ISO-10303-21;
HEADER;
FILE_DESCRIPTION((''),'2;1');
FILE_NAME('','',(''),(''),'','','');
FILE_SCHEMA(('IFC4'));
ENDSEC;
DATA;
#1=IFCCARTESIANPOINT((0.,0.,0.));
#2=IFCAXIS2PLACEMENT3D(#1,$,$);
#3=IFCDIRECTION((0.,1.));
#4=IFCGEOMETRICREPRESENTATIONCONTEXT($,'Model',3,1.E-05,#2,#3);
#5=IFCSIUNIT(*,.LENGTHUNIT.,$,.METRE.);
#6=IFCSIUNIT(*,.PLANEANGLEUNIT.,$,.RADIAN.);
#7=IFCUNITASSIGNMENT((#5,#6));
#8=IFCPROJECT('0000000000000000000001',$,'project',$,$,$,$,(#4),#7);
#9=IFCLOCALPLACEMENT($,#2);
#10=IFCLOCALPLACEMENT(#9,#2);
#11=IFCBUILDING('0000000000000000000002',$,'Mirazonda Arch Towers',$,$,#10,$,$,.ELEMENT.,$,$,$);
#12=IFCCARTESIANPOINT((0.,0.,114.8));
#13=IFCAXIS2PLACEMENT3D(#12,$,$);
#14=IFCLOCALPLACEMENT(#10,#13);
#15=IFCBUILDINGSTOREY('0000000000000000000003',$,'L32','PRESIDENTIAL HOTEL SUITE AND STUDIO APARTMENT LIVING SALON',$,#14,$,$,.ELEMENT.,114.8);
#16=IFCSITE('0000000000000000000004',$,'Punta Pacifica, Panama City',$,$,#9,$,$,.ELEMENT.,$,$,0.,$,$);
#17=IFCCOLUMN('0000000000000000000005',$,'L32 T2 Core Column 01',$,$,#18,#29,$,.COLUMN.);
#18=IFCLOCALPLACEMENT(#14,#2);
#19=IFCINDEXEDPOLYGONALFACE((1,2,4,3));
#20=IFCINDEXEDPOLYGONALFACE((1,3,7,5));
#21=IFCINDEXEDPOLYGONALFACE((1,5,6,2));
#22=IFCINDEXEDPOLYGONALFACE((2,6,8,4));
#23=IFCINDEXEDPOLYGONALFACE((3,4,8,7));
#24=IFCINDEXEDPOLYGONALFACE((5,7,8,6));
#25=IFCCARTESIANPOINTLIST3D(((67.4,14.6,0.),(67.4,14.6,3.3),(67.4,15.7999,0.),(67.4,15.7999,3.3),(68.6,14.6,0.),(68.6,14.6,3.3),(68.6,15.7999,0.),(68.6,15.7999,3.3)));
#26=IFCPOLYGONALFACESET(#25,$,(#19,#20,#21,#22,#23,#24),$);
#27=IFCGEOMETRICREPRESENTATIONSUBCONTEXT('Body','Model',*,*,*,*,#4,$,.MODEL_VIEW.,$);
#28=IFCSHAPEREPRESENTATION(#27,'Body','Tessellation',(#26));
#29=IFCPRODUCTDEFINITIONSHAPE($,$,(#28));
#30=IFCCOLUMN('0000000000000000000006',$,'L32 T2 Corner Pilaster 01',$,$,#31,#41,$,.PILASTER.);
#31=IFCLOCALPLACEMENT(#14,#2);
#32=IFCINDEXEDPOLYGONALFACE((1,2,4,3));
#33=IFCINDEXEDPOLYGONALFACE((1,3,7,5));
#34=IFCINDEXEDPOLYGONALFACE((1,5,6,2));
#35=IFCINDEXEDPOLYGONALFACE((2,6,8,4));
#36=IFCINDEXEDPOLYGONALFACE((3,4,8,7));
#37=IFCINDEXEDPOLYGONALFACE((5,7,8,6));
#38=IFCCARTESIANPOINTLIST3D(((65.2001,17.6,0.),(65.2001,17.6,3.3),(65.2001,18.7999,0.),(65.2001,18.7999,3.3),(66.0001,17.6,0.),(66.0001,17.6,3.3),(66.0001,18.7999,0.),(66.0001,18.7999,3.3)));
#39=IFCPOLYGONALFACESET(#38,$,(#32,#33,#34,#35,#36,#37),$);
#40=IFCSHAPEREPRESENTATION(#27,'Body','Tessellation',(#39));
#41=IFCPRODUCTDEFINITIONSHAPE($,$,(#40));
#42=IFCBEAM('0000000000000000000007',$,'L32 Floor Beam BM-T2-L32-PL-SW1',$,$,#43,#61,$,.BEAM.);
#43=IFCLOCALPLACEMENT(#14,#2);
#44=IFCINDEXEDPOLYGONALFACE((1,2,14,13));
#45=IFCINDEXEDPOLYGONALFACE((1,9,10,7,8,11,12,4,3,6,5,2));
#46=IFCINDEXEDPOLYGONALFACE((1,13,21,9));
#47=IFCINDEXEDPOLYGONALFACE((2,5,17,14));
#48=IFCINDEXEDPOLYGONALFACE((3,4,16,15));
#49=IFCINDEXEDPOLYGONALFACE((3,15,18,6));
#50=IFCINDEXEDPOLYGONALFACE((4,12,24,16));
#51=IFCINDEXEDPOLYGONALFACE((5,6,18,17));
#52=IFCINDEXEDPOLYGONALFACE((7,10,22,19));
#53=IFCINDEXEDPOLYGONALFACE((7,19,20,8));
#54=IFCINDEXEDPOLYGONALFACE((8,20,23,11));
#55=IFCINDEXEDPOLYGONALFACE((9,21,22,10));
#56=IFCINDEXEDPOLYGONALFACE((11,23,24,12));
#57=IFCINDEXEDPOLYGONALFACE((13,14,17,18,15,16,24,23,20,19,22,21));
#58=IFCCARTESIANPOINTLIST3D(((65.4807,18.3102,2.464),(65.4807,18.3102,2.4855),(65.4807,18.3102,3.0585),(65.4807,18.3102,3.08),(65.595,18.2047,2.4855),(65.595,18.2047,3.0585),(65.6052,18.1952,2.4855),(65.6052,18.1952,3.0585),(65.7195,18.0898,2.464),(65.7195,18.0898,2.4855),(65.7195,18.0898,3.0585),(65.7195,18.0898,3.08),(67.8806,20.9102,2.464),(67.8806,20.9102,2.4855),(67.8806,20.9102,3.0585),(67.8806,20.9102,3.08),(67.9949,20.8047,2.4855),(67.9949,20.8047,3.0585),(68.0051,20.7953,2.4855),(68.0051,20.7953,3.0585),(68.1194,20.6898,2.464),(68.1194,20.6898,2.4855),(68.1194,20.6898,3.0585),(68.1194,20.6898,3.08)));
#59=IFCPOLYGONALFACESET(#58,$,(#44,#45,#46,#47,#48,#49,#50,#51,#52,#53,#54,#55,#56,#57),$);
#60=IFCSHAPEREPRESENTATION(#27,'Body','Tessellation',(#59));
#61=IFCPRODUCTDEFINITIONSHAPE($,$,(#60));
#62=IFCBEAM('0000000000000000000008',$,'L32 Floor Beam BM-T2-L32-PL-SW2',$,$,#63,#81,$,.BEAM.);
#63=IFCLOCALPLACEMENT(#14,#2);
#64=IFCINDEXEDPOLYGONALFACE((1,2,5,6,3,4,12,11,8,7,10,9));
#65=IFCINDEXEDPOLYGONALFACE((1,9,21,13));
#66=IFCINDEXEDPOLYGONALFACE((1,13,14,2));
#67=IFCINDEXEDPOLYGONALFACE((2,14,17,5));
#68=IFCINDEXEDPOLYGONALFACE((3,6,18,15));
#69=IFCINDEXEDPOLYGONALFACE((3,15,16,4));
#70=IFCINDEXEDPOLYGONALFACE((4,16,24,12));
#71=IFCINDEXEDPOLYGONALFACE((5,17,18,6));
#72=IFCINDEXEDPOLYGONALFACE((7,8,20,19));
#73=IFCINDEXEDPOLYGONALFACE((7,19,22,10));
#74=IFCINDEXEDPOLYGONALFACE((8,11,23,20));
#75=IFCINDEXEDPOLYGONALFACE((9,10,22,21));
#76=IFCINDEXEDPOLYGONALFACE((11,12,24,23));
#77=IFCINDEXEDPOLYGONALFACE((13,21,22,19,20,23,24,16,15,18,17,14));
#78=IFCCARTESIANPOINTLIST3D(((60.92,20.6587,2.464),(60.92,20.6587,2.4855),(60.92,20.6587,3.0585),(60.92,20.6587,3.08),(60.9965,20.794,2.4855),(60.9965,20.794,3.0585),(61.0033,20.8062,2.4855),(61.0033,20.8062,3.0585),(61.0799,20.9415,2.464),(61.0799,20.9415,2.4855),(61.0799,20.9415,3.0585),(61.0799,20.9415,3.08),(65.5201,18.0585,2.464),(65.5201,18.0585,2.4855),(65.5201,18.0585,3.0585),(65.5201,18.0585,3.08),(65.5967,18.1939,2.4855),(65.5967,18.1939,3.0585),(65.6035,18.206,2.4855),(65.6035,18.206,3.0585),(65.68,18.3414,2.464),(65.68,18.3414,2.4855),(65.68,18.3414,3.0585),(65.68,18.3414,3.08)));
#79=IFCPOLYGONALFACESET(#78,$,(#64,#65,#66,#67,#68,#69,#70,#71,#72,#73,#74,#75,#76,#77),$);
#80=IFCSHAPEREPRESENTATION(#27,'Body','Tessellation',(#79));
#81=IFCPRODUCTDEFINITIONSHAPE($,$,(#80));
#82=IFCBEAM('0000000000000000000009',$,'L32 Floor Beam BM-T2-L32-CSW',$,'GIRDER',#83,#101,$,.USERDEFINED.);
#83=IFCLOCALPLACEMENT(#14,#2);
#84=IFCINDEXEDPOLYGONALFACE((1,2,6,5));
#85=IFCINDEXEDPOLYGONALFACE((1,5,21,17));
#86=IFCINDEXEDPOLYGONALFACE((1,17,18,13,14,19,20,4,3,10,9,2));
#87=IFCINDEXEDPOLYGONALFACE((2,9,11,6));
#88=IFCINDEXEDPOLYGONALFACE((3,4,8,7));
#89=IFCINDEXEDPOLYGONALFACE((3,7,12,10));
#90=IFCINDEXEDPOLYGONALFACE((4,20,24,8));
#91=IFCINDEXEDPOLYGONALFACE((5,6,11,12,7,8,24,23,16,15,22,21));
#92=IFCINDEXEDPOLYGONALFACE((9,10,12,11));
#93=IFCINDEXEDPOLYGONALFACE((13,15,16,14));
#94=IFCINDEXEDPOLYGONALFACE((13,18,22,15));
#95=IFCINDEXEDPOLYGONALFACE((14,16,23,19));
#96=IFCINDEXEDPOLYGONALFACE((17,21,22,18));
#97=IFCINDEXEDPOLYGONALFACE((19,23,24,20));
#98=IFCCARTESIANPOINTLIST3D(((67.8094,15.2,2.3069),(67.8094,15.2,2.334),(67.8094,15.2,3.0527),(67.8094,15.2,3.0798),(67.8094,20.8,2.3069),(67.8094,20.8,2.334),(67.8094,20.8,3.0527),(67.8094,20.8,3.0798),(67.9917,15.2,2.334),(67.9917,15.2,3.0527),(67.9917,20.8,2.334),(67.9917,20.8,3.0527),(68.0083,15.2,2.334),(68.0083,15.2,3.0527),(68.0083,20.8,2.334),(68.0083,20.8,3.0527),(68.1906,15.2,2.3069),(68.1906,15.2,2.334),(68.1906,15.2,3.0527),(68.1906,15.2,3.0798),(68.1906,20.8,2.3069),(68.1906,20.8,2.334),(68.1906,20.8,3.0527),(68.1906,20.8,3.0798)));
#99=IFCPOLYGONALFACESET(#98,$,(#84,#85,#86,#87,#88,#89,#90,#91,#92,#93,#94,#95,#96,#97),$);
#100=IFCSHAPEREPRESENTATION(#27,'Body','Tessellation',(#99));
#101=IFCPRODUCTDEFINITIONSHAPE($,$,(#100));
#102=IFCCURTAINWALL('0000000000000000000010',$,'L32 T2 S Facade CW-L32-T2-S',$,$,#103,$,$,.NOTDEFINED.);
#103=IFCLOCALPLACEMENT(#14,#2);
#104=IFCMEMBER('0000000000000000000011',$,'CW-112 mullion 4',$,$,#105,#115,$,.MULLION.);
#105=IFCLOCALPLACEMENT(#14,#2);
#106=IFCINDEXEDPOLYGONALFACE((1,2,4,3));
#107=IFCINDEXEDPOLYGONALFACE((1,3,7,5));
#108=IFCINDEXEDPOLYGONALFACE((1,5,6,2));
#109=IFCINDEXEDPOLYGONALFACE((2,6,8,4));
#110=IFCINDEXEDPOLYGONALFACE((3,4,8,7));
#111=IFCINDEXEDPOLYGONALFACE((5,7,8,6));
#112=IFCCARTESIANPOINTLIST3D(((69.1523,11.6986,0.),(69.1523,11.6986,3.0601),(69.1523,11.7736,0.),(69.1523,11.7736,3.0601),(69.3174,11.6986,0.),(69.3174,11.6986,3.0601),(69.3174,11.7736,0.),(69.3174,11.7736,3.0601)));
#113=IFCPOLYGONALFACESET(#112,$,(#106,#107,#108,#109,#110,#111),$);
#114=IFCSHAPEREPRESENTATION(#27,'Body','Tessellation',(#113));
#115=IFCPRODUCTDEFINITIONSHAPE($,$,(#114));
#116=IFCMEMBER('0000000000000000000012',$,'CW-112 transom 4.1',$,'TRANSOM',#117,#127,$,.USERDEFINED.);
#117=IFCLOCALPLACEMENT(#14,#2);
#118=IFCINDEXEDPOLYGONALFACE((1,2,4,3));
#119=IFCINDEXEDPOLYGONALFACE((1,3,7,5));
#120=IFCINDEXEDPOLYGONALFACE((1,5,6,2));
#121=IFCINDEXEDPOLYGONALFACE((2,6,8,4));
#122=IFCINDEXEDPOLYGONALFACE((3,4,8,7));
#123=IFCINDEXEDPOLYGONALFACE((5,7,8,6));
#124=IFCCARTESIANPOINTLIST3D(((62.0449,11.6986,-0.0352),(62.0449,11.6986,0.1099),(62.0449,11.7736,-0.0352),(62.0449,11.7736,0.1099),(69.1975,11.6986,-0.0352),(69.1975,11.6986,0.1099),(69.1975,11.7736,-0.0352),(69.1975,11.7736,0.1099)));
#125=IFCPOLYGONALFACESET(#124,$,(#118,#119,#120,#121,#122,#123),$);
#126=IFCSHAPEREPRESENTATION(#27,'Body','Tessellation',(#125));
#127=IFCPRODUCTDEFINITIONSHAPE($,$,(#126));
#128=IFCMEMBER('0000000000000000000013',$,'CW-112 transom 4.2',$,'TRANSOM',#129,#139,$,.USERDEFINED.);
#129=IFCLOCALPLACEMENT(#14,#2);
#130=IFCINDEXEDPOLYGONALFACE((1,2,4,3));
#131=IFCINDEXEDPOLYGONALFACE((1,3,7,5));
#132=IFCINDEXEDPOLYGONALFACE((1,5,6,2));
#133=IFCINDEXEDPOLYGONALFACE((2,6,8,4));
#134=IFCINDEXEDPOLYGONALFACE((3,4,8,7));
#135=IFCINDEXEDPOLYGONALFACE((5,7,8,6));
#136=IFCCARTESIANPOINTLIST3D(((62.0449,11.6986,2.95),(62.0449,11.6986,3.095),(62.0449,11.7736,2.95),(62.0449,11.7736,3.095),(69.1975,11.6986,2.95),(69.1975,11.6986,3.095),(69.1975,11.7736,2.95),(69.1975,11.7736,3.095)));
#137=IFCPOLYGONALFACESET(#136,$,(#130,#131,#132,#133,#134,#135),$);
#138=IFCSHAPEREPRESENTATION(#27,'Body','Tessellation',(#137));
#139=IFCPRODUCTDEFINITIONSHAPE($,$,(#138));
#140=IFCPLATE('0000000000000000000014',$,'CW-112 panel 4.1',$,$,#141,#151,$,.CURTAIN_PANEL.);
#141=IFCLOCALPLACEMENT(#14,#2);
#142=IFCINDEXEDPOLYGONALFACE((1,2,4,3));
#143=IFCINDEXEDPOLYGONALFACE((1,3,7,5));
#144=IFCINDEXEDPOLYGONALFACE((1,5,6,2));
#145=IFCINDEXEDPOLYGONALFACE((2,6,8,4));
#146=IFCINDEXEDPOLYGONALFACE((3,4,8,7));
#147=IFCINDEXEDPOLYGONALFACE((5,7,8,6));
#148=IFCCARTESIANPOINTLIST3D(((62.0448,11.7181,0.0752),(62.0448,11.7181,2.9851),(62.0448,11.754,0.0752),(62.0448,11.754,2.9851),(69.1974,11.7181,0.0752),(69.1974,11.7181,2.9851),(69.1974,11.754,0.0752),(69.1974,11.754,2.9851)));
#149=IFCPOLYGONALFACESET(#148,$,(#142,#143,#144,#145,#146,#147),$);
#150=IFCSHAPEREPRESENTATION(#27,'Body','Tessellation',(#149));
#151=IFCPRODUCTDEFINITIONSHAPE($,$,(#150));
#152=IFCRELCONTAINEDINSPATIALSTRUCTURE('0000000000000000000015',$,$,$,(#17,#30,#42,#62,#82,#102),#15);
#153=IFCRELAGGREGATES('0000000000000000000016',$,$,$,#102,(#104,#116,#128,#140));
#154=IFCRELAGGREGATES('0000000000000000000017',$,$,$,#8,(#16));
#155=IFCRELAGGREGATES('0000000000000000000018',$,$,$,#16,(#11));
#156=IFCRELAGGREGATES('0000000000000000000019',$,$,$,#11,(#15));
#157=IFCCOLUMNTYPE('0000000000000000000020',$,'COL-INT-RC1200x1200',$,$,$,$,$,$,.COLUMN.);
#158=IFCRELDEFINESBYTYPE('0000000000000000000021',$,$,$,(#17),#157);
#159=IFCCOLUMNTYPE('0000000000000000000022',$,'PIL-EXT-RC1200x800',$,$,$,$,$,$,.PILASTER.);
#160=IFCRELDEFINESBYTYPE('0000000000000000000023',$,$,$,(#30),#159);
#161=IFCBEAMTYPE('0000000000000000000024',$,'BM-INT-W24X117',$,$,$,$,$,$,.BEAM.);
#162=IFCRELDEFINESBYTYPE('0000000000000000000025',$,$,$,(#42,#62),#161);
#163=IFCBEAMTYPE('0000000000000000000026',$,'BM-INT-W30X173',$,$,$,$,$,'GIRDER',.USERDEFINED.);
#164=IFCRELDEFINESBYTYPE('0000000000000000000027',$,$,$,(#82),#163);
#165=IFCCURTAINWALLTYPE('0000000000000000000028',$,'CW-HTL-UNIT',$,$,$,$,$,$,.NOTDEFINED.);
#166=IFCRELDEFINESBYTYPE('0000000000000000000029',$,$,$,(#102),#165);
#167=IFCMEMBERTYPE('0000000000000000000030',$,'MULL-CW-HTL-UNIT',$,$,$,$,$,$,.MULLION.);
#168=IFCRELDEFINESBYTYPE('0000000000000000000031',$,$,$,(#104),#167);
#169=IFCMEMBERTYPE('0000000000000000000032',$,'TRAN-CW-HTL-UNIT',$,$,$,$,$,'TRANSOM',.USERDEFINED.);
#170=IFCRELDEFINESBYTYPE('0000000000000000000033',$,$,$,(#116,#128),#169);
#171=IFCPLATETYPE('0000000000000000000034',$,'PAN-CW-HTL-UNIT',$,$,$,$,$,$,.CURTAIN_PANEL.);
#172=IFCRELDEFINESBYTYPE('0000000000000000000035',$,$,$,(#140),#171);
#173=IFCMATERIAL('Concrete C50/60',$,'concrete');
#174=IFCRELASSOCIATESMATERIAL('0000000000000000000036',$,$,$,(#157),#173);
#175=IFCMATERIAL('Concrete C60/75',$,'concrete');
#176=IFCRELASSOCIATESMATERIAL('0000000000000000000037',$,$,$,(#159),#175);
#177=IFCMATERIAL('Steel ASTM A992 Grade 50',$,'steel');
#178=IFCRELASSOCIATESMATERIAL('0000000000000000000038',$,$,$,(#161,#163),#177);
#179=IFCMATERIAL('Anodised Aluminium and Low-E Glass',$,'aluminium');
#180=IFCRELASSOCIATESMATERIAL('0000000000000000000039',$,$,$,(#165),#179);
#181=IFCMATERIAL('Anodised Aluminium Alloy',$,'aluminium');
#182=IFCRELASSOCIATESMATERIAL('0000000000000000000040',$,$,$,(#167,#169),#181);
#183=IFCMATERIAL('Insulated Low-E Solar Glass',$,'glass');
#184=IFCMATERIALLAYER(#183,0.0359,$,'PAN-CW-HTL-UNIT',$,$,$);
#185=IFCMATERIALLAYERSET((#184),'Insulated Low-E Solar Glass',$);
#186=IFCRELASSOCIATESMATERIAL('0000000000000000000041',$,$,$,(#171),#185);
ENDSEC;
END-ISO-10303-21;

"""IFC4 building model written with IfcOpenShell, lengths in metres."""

from ifc_helpers import new_model, si_unit, direction, frame, origin, origin_2d, place, context, subcontext, project, spatial, rectangle, i_section, extrude, material, layer, layer_set, material_profile, profile_set, type_object, element, aggregate, save


model = new_model("IFC4")

# Units and contexts
model_context = context("Model", 3, precision=1e-05, world=origin(), true_north=direction((0.0, 1.0)))
body_context = subcontext(model_context, "Body", "Model", "MODEL_VIEW")
ifc_project = project(units=[si_unit("LENGTHUNIT", "METRE"), si_unit("PLANEANGLEUNIT", "RADIAN")], contexts=[model_context])

# Site, building, storey
site_placement = place(None, origin())
site = spatial("IfcSite", under=ifc_project, at=site_placement, Name="Punta Pacifica, Panama City", CompositionType="ELEMENT", RefElevation=0.0)
building_placement = place(site_placement, origin())
building = spatial("IfcBuilding", under=site, at=building_placement, Name="Mirazonda Arch Towers", CompositionType="ELEMENT")
storey_placement = place(building_placement, frame((0.0, 0.0, 114.8)))
storey = spatial("IfcBuildingStorey", under=building, at=storey_placement, Name="L32", Description="PRESIDENTIAL HOTEL SUITE AND STUDIO APARTMENT LIVING SALON", CompositionType="ELEMENT", Elevation=114.8)

# Columns
ifc_material_1 = material(Name="Concrete C50/60", Category="concrete")
ifc_material_profile_1 = material_profile(ifc_material_1, rectangle(XDim=1.2, YDim=1.2, at=origin_2d()), Name="RC1200x1200")
ifc_profile_set_1 = profile_set([ifc_material_profile_1], Name="Concrete C50/60")
column_type_1 = type_object("IfcColumnType", Name="COL-INT-RC1200x1200", PredefinedType="COLUMN", material=ifc_profile_set_1)
column_1_placement = place(storey_placement, frame((68.0, 15.2, 0.0), z_axis=(0.0, 0.0, 1.0), x_axis=(1.0, 0.0, 0.0)))
element("IfcColumn", 1, at=column_1_placement, inside=storey, type_object=column_type_1, Name="L32 T2 Core Column 01", PredefinedType="COLUMN", context=body_context, shape_type="SweptSolid", body=[
    extrude(rectangle(XDim=1.2, YDim=1.2, at=origin_2d()), origin(), (0.0, 0.0, 1.0), 3.3),
])
ifc_material_2 = material(Name="Concrete C60/75", Category="concrete")
ifc_material_profile_2 = material_profile(ifc_material_2, rectangle(XDim=0.8, YDim=1.2, at=origin_2d()), Name="RC1200x800")
ifc_profile_set_2 = profile_set([ifc_material_profile_2], Name="Concrete C60/75")
column_type_2 = type_object("IfcColumnType", Name="PIL-EXT-RC1200x800", PredefinedType="PILASTER", material=ifc_profile_set_2)
column_2_placement = place(storey_placement, frame((65.6001, 18.2, 0.0), z_axis=(0.0, 0.0, 1.0), x_axis=(1.0, 0.0, 0.0)))
element("IfcColumn", 2, at=column_2_placement, inside=storey, type_object=column_type_2, Name="L32 T2 Corner Pilaster 01", PredefinedType="PILASTER", context=body_context, shape_type="SweptSolid", body=[
    extrude(rectangle(XDim=0.8, YDim=1.2, at=origin_2d()), origin(), (0.0, 0.0, 1.0), 3.3),
])

# Beams
ifc_material_3 = material(Name="Steel ASTM A992 Grade 50", Category="steel")
ifc_material_profile_3 = material_profile(ifc_material_3, i_section(OverallWidth=0.325, OverallDepth=0.616, WebThickness=0.0139, FlangeThickness=0.0215, at=origin_2d()), Name="W24X117")
ifc_profile_set_3 = profile_set([ifc_material_profile_3], Name="Steel ASTM A992 Grade 50")
beam_type_1 = type_object("IfcBeamType", Name="BM-INT-W24X117", PredefinedType="BEAM", material=ifc_profile_set_3)
beam_1_placement = place(storey_placement, frame((65.6001, 18.2, 2.772), z_axis=(0.678251, 0.73483, 0.0), x_axis=(-0.73483, 0.678251, 0.0)))
element("IfcBeam", 3, at=beam_1_placement, inside=storey, type_object=beam_type_1, Name="L32 Floor Beam BM-T2-L32-PL-SW1", PredefinedType="BEAM", context=body_context, shape_type="SweptSolid", body=[
    extrude(i_section(OverallWidth=0.325, OverallDepth=0.616, WebThickness=0.0139, FlangeThickness=0.0215, at=origin_2d()), origin(), (0.0, 0.0, 1.0), 3.5383),
])
beam_2_placement = place(storey_placement, frame((65.6001, 18.2, 2.772), z_axis=(-0.870559, 0.492063, 0.0), x_axis=(-0.492063, -0.870559, 0.0)))
element("IfcBeam", 4, at=beam_2_placement, inside=storey, type_object=beam_type_1, Name="L32 Floor Beam BM-T2-L32-PL-SW2", PredefinedType="BEAM", context=body_context, shape_type="SweptSolid", body=[
    extrude(i_section(OverallWidth=0.325, OverallDepth=0.616, WebThickness=0.0139, FlangeThickness=0.0215, at=origin_2d()), origin(), (0.0, 0.0, 1.0), 5.2842),
])
ifc_material_profile_4 = material_profile(ifc_material_3, i_section(OverallWidth=0.3811, OverallDepth=0.7729, WebThickness=0.0166, FlangeThickness=0.0271, at=origin_2d()), Name="W30X173")
ifc_profile_set_4 = profile_set([ifc_material_profile_4], Name="Steel ASTM A992 Grade 50")
beam_type_2 = type_object("IfcBeamType", Name="BM-INT-W30X173", ElementType="GIRDER", PredefinedType="USERDEFINED", material=ifc_profile_set_4)
beam_3_placement = place(storey_placement, frame((68.0, 15.2, 2.6934), z_axis=(0.0, 1.0, 0.0), x_axis=(-1.0, 0.0, 0.0)))
element("IfcBeam", 5, at=beam_3_placement, inside=storey, type_object=beam_type_2, Name="L32 Floor Beam BM-T2-L32-CSW", ObjectType="GIRDER", PredefinedType="USERDEFINED", context=body_context, shape_type="SweptSolid", body=[
    extrude(i_section(OverallWidth=0.3811, OverallDepth=0.7729, WebThickness=0.0166, FlangeThickness=0.0271, at=origin_2d()), origin(), (0.0, 0.0, 1.0), 5.6001),
])

# Curtain wall, members, plate
ifc_material_4 = material(Name="Anodised Aluminium and Low-E Glass", Category="aluminium")
curtain_wall_type = type_object("IfcCurtainWallType", Name="CW-HTL-UNIT", PredefinedType="NOTDEFINED", material=ifc_material_4)
curtain_wall_placement = place(storey_placement, origin())
curtain_wall = element("IfcCurtainWall", 6, at=curtain_wall_placement, inside=storey, type_object=curtain_wall_type, Name="L32 T2 S Facade CW-L32-T2-S", PredefinedType="NOTDEFINED")
ifc_material_5 = material(Name="Anodised Aluminium Alloy", Category="aluminium")
ifc_material_profile_5 = material_profile(ifc_material_5, rectangle(XDim=0.075, YDim=0.165, at=origin_2d()), Name="ALU-MULL-75x165")
ifc_profile_set_5 = profile_set([ifc_material_profile_5], Name="Anodised Aluminium Alloy")
member_type_1 = type_object("IfcMemberType", Name="MULL-CW-HTL-UNIT", PredefinedType="MULLION", material=ifc_profile_set_5)
member_1_placement = place(storey_placement, frame((69.2349, 11.7361, 0.0), z_axis=(0.0, 0.0, 1.0), x_axis=(0.0, -1.0, 0.0)))
member_1 = element("IfcMember", 7, at=member_1_placement, type_object=member_type_1, Name="CW-112 mullion 4", PredefinedType="MULLION", context=body_context, shape_type="SweptSolid", body=[
    extrude(rectangle(XDim=0.075, YDim=0.165, at=origin_2d()), origin(), (0.0, 0.0, 1.0), 3.0601),
])
ifc_material_profile_6 = material_profile(ifc_material_5, rectangle(XDim=0.075, YDim=0.145, at=origin_2d()), Name="ALU-TRAN-75x145")
ifc_profile_set_6 = profile_set([ifc_material_profile_6], Name="Anodised Aluminium Alloy")
member_type_2 = type_object("IfcMemberType", Name="TRAN-CW-HTL-UNIT", ElementType="TRANSOM", PredefinedType="USERDEFINED", material=ifc_profile_set_6)
member_2_placement = place(storey_placement, frame((69.1975, 11.7361, 0.0374), z_axis=(-1.0, 0.0, 0.0), x_axis=(0.0, -1.0, 0.0)))
member_2 = element("IfcMember", 8, at=member_2_placement, type_object=member_type_2, Name="CW-112 transom 4.1", ObjectType="TRANSOM", PredefinedType="USERDEFINED", context=body_context, shape_type="SweptSolid", body=[
    extrude(rectangle(XDim=0.075, YDim=0.145, at=origin_2d()), origin(), (0.0, 0.0, 1.0), 7.1526),
])
member_3_placement = place(storey_placement, frame((69.1975, 11.7361, 3.0225), z_axis=(-1.0, 0.0, 0.0), x_axis=(0.0, -1.0, 0.0)))
member_3 = element("IfcMember", 9, at=member_3_placement, type_object=member_type_2, Name="CW-112 transom 4.2", ObjectType="TRANSOM", PredefinedType="USERDEFINED", context=body_context, shape_type="SweptSolid", body=[
    extrude(rectangle(XDim=0.075, YDim=0.145, at=origin_2d()), origin(), (0.0, 0.0, 1.0), 7.1526),
])
ifc_material_6 = material(Name="Insulated Low-E Solar Glass", Category="glass")
ifc_layer_1 = layer(ifc_material_6, 0.0359, Name="PAN-CW-HTL-UNIT")
ifc_layer_set_1 = layer_set([ifc_layer_1], Name="Insulated Low-E Solar Glass")
plate_type = type_object("IfcPlateType", Name="PAN-CW-HTL-UNIT", PredefinedType="CURTAIN_PANEL", material=ifc_layer_set_1)
plate_placement = place(storey_placement, frame((65.6211, 11.7361, 0.0752), z_axis=(0.0, 0.0, 1.0), x_axis=(-1.0, 0.0, 0.0)))
plate = element("IfcPlate", 10, at=plate_placement, type_object=plate_type, Name="CW-112 panel 4.1", PredefinedType="CURTAIN_PANEL", context=body_context, shape_type="SweptSolid", body=[
    extrude(rectangle(XDim=7.1526, YDim=0.0359, at=origin_2d()), origin(), (0.0, 0.0, 1.0), 2.9099),
])
aggregate(curtain_wall, [member_1, member_2, member_3, plate])

save(model, "model.ifc")
